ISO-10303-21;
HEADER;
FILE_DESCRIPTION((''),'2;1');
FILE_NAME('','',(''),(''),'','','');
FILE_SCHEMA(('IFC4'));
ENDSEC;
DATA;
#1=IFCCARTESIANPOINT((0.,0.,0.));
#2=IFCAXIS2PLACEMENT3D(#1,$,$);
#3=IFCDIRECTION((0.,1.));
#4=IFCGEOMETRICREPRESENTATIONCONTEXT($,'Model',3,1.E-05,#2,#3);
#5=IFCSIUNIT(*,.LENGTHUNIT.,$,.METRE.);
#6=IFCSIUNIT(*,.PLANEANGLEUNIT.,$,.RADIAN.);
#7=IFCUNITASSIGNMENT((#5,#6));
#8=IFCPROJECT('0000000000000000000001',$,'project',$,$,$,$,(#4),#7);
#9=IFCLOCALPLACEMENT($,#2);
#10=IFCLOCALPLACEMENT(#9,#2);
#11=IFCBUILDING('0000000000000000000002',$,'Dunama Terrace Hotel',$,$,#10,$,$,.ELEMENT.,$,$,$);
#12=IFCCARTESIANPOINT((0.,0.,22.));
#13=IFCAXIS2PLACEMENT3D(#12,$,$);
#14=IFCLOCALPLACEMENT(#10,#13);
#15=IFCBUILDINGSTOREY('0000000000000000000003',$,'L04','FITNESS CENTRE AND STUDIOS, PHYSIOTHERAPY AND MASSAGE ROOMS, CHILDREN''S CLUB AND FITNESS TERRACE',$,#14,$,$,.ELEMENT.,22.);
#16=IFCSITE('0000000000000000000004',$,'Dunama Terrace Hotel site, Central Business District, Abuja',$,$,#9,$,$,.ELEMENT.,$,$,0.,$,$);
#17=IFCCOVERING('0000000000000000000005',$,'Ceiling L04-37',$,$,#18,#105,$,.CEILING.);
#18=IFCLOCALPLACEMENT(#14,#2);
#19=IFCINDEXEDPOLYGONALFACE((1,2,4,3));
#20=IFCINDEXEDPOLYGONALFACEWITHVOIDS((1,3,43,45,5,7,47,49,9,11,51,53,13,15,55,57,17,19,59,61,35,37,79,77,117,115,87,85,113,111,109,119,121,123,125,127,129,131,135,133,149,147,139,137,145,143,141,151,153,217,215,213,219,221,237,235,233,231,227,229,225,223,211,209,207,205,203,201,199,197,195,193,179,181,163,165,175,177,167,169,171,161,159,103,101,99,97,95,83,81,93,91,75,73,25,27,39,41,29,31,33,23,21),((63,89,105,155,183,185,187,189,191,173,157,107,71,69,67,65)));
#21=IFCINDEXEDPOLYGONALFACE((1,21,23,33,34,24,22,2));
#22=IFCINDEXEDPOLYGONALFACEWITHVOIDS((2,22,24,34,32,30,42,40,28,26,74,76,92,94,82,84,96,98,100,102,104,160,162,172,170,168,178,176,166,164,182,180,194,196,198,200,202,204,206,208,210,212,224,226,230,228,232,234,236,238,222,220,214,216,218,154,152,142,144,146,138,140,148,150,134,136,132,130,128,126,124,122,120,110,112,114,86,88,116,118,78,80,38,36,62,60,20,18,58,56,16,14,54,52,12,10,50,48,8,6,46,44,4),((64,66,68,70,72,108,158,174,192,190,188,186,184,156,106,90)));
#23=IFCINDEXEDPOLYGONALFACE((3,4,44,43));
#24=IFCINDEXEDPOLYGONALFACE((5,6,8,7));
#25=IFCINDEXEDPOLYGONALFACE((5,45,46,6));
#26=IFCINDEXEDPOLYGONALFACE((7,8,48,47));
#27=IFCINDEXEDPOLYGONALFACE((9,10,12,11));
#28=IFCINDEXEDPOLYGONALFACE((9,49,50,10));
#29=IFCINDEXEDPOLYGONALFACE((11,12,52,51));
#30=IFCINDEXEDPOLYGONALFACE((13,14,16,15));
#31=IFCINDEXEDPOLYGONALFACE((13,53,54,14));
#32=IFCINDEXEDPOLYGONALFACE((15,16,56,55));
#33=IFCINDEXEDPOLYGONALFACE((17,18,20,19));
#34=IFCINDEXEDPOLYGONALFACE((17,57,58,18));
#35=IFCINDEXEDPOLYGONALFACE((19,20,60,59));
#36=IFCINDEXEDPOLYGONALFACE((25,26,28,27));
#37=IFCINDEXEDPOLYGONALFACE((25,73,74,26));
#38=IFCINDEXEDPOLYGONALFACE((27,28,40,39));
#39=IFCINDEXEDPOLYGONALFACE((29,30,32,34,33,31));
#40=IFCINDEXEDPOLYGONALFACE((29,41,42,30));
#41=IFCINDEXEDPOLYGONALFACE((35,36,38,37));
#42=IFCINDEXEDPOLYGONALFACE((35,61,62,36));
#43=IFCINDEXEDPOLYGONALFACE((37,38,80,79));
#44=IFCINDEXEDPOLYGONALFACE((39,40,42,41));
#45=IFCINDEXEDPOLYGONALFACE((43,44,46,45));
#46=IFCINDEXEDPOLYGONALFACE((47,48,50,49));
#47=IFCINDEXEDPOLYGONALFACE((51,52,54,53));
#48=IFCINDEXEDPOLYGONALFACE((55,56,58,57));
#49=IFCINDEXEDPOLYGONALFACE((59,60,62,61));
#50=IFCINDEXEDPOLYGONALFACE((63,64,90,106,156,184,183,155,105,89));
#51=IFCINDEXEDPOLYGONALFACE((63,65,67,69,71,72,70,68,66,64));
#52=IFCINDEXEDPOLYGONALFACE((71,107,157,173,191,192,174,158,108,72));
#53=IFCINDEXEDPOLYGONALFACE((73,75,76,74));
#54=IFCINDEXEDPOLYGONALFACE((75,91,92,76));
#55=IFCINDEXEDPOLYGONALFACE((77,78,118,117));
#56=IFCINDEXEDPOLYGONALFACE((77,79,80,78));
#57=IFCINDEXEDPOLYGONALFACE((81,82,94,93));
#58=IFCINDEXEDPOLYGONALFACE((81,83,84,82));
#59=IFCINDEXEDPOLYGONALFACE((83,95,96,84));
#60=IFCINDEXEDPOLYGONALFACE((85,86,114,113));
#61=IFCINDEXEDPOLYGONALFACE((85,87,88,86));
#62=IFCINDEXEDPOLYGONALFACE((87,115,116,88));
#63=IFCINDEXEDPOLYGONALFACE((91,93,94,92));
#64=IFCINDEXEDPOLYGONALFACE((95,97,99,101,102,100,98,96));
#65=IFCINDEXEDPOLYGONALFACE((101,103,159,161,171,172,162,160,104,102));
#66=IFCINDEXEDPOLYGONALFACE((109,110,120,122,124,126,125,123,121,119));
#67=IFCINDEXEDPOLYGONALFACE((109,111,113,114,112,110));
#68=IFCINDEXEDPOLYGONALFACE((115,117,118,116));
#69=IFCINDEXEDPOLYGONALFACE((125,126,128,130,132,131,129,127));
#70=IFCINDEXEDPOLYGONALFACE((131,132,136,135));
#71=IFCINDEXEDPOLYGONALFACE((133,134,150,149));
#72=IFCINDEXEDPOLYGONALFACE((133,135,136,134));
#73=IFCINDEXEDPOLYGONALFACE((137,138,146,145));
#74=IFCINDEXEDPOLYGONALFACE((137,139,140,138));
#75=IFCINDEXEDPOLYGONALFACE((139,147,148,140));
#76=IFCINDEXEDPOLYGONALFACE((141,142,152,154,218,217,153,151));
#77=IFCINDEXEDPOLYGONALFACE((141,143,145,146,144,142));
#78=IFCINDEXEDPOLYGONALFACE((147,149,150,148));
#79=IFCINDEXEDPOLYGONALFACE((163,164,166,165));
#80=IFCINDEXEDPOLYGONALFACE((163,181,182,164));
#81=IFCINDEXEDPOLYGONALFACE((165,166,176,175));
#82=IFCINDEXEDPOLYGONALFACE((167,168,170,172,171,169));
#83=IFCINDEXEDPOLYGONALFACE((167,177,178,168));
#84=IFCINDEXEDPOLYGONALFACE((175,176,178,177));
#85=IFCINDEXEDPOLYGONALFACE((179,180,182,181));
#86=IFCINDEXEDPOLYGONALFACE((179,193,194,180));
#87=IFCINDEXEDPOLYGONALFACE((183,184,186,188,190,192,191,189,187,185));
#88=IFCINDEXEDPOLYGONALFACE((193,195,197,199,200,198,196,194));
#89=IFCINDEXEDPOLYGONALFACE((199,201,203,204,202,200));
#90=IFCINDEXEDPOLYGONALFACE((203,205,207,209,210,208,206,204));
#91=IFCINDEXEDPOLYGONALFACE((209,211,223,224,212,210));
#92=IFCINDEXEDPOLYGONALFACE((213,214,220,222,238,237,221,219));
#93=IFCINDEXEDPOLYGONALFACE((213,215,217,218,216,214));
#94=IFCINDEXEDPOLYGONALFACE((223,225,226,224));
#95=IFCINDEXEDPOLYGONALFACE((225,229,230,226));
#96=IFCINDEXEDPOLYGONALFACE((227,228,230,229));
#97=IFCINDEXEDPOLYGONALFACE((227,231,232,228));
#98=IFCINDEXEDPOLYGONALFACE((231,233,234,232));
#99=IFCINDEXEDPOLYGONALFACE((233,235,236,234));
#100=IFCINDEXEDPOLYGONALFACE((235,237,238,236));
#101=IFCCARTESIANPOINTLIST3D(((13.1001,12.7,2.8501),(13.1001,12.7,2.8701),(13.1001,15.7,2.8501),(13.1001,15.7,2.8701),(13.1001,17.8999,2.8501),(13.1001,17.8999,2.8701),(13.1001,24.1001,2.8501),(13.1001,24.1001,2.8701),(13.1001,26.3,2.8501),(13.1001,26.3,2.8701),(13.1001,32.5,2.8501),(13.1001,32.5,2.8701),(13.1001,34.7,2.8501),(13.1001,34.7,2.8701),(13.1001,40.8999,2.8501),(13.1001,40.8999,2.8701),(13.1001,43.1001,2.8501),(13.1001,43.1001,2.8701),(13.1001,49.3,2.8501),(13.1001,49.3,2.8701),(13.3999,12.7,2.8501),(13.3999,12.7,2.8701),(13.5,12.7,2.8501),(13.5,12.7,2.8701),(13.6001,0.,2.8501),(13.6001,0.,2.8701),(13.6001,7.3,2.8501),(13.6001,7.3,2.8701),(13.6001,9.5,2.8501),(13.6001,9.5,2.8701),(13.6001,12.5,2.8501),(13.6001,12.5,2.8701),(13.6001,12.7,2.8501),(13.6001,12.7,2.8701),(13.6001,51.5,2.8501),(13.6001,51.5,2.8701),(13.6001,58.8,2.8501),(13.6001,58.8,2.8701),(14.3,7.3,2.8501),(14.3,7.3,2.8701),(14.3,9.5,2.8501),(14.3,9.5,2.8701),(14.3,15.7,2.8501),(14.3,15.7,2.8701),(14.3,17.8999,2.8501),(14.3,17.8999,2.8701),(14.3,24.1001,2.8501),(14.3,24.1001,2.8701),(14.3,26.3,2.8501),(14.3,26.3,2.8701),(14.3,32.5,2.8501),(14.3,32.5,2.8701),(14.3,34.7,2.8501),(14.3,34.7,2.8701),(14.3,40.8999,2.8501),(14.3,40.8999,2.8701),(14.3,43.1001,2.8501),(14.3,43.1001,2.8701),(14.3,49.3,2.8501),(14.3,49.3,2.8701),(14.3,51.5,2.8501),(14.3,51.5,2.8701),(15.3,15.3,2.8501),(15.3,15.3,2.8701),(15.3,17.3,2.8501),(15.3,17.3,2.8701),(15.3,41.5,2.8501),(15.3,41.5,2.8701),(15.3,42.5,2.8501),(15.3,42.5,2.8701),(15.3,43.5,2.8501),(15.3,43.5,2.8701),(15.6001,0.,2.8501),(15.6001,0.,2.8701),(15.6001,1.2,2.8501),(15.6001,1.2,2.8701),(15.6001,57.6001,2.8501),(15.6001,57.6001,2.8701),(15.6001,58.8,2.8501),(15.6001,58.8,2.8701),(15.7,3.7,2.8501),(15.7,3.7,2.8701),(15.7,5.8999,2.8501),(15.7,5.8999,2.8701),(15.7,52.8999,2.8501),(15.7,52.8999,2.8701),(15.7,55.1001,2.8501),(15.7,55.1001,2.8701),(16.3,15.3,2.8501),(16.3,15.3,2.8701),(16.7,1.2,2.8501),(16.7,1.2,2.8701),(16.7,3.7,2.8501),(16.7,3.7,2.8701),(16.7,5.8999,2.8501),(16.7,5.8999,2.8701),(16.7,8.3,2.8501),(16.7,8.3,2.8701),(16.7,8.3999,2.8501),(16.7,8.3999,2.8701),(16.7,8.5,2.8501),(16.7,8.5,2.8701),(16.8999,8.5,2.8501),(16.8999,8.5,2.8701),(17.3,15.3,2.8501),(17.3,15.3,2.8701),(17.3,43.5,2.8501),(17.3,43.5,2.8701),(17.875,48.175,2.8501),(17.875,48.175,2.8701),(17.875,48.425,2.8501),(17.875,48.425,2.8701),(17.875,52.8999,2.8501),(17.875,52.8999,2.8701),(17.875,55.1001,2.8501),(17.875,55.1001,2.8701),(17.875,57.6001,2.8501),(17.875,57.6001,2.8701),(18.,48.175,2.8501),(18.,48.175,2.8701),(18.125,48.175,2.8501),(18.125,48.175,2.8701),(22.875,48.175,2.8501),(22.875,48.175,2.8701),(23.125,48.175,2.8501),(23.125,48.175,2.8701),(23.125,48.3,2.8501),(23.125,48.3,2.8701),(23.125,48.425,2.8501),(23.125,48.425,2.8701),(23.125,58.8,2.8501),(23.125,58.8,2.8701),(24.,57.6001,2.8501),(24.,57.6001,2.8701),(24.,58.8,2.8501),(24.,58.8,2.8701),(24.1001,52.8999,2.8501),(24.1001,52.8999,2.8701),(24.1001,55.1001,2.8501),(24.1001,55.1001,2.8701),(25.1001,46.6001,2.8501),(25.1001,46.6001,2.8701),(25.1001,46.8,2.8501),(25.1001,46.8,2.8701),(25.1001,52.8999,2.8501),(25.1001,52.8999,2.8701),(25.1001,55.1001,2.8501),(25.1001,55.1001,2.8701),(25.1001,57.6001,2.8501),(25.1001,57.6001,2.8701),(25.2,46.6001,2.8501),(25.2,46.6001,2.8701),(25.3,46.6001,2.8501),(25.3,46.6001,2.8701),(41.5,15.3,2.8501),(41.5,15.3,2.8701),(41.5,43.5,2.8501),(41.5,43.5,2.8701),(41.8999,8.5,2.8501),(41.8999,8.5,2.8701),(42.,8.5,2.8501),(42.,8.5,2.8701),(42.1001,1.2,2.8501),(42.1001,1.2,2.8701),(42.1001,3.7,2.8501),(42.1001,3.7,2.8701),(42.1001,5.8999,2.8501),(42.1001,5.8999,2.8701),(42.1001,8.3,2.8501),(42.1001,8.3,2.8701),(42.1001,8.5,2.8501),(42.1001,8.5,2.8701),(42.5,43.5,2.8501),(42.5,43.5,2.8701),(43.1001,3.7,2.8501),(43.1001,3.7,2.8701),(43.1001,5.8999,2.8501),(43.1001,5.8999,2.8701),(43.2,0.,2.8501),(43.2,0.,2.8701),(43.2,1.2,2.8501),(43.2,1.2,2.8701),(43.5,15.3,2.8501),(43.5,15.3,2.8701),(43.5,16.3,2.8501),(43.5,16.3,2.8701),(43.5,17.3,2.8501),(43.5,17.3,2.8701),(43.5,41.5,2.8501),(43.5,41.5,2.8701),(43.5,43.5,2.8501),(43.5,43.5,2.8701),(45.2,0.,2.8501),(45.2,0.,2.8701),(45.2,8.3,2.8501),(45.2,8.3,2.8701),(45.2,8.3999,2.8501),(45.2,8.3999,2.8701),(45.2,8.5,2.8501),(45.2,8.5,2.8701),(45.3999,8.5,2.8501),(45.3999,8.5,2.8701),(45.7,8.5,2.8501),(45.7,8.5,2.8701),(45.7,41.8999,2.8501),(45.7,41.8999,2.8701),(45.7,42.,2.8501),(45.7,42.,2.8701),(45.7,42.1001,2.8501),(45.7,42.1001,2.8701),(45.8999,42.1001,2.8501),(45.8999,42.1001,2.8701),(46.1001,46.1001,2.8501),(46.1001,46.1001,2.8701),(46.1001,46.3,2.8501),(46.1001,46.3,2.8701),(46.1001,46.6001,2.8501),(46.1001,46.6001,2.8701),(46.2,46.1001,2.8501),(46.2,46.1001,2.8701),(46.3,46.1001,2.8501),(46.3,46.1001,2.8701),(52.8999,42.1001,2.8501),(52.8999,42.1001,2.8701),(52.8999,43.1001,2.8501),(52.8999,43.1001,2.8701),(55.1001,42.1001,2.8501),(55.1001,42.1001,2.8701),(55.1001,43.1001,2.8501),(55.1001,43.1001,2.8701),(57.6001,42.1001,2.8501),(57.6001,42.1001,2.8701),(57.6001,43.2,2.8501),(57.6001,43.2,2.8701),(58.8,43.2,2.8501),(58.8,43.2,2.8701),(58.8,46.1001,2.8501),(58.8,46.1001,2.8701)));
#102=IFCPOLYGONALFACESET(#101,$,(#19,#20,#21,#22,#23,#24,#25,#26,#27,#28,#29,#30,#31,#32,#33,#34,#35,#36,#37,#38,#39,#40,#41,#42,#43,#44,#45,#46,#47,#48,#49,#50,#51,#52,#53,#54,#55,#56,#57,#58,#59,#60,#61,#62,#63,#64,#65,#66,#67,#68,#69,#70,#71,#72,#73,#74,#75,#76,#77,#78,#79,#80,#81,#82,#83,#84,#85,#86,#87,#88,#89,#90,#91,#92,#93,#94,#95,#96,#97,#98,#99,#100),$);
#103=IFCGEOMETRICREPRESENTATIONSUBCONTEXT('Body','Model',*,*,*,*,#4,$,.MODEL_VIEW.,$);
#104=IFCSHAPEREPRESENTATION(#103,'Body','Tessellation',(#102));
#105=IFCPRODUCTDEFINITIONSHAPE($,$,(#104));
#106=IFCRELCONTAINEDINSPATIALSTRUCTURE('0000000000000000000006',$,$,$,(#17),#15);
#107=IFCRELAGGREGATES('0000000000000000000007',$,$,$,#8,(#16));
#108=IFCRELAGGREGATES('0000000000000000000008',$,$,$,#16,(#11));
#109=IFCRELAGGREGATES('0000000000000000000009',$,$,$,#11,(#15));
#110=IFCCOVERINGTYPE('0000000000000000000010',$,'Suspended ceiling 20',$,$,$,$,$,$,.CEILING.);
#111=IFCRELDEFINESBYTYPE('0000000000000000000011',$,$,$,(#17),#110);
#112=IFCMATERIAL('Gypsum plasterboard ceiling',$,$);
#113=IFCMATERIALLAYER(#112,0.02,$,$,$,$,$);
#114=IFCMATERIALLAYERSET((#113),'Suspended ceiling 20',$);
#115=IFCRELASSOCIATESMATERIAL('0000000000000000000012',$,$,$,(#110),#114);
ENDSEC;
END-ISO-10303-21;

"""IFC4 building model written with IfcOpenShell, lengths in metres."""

from ifc_helpers import new_model, si_unit, direction, frame, origin, place, context, subcontext, project, spatial, polyline, outline, extrude, material, layer, layer_set, type_object, element, save


model = new_model("IFC4")

# Units and contexts
model_context = context("Model", 3, precision=1e-05, world=origin(), true_north=direction((0.0, 1.0)))
body_context = subcontext(model_context, "Body", "Model", "MODEL_VIEW")
ifc_project = project(units=[si_unit("LENGTHUNIT", "METRE"), si_unit("PLANEANGLEUNIT", "RADIAN")], contexts=[model_context])

# Site, building, storey
site_placement = place(None, origin())
site = spatial("IfcSite", under=ifc_project, at=site_placement, Name="Dunama Terrace Hotel site, Central Business District, Abuja", CompositionType="ELEMENT", RefElevation=0.0)
building_placement = place(site_placement, origin())
building = spatial("IfcBuilding", under=site, at=building_placement, Name="Dunama Terrace Hotel", CompositionType="ELEMENT")
storey_placement = place(building_placement, frame((0.0, 0.0, 22.0)))
storey = spatial("IfcBuildingStorey", under=building, at=storey_placement, Name="L04", Description="FITNESS CENTRE AND STUDIOS, PHYSIOTHERAPY AND MASSAGE ROOMS, CHILDREN'S CLUB AND FITNESS TERRACE", CompositionType="ELEMENT", Elevation=22.0)

# Covering
ifc_material_1 = material(Name="Gypsum plasterboard ceiling")
ifc_layer_1 = layer(ifc_material_1, 0.02)
ifc_layer_set_1 = layer_set([ifc_layer_1], Name="Suspended ceiling 20")
covering_type_1 = type_object("IfcCoveringType", Name="Suspended ceiling 20", PredefinedType="CEILING", material=ifc_layer_set_1)
covering_1_placement = place(storey_placement, frame((0.0, 0.0, 2.8501)))
element("IfcCovering", 1, at=covering_1_placement, inside=storey, type_object=covering_type_1, Name="Ceiling L04-37", PredefinedType="CEILING", context=body_context, shape_type="SweptSolid", body=[
    extrude(outline(polyline([(15.6001, 57.6001), (15.6001, 58.8), (13.6001, 58.8), (13.6001, 51.5), (14.3, 51.5), (14.3, 49.3), (13.1001, 49.3), (13.1001, 43.1001), (14.3, 43.1001), (14.3, 40.8999), (13.1001, 40.8999), (13.1001, 34.7), (14.3, 34.7), (14.3, 32.5), (13.1001, 32.5), (13.1001, 26.3), (14.3, 26.3), (14.3, 24.1001), (13.1001, 24.1001), (13.1001, 17.8999), (14.3, 17.8999), (14.3, 15.7), (13.1001, 15.7), (13.1001, 12.7), (13.3999, 12.7), (13.5, 12.7), (13.6001, 12.7), (13.6001, 12.5), (13.6001, 9.5), (14.3, 9.5), (14.3, 7.3), (13.6001, 7.3), (13.6001, 0.0), (15.6001, 0.0), (15.6001, 1.2), (16.7, 1.2), (16.7, 3.7), (15.7, 3.7), (15.7, 5.8999), (16.7, 5.8999), (16.7, 8.3), (16.7, 8.3999), (16.7, 8.5), (16.8999, 8.5), (41.8999, 8.5), (42.0, 8.5), (42.1001, 8.5), (42.1001, 8.3), (42.1001, 5.8999), (43.1001, 5.8999), (43.1001, 3.7), (42.1001, 3.7), (42.1001, 1.2), (43.2, 1.2), (43.2, 0.0), (45.2, 0.0), (45.2, 8.3), (45.2, 8.3999), (45.2, 8.5), (45.3999, 8.5), (45.7, 8.5), (45.7, 41.8999), (45.7, 42.0), (45.7, 42.1001), (45.8999, 42.1001), (52.8999, 42.1001), (52.8999, 43.1001), (55.1001, 43.1001), (55.1001, 42.1001), (57.6001, 42.1001), (57.6001, 43.2), (58.8, 43.2), (58.8, 46.1001), (46.3, 46.1001), (46.2, 46.1001), (46.1001, 46.1001), (46.1001, 46.3), (46.1001, 46.6001), (25.3, 46.6001), (25.2, 46.6001), (25.1001, 46.6001), (25.1001, 46.8), (25.1001, 52.8999), (24.1001, 52.8999), (24.1001, 55.1001), (25.1001, 55.1001), (25.1001, 57.6001), (24.0, 57.6001), (24.0, 58.8), (23.125, 58.8), (23.125, 48.425), (23.125, 48.3), (23.125, 48.175), (22.875, 48.175), (18.125, 48.175), (18.0, 48.175), (17.875, 48.175), (17.875, 48.425), (17.875, 52.8999), (15.7, 52.8999), (15.7, 55.1001), (17.875, 55.1001), (17.875, 57.6001), (15.6001, 57.6001)]), holes=[polyline([(41.5, 15.3), (17.3, 15.3), (16.3, 15.3), (15.3, 15.3), (15.3, 17.3), (15.3, 41.5), (15.3, 42.5), (15.3, 43.5), (17.3, 43.5), (41.5, 43.5), (42.5, 43.5), (43.5, 43.5), (43.5, 41.5), (43.5, 17.3), (43.5, 16.3), (43.5, 15.3), (41.5, 15.3)])]), origin(), (0.0, 0.0, 1.0), 0.02),
])

save(model, "model.ifc")
